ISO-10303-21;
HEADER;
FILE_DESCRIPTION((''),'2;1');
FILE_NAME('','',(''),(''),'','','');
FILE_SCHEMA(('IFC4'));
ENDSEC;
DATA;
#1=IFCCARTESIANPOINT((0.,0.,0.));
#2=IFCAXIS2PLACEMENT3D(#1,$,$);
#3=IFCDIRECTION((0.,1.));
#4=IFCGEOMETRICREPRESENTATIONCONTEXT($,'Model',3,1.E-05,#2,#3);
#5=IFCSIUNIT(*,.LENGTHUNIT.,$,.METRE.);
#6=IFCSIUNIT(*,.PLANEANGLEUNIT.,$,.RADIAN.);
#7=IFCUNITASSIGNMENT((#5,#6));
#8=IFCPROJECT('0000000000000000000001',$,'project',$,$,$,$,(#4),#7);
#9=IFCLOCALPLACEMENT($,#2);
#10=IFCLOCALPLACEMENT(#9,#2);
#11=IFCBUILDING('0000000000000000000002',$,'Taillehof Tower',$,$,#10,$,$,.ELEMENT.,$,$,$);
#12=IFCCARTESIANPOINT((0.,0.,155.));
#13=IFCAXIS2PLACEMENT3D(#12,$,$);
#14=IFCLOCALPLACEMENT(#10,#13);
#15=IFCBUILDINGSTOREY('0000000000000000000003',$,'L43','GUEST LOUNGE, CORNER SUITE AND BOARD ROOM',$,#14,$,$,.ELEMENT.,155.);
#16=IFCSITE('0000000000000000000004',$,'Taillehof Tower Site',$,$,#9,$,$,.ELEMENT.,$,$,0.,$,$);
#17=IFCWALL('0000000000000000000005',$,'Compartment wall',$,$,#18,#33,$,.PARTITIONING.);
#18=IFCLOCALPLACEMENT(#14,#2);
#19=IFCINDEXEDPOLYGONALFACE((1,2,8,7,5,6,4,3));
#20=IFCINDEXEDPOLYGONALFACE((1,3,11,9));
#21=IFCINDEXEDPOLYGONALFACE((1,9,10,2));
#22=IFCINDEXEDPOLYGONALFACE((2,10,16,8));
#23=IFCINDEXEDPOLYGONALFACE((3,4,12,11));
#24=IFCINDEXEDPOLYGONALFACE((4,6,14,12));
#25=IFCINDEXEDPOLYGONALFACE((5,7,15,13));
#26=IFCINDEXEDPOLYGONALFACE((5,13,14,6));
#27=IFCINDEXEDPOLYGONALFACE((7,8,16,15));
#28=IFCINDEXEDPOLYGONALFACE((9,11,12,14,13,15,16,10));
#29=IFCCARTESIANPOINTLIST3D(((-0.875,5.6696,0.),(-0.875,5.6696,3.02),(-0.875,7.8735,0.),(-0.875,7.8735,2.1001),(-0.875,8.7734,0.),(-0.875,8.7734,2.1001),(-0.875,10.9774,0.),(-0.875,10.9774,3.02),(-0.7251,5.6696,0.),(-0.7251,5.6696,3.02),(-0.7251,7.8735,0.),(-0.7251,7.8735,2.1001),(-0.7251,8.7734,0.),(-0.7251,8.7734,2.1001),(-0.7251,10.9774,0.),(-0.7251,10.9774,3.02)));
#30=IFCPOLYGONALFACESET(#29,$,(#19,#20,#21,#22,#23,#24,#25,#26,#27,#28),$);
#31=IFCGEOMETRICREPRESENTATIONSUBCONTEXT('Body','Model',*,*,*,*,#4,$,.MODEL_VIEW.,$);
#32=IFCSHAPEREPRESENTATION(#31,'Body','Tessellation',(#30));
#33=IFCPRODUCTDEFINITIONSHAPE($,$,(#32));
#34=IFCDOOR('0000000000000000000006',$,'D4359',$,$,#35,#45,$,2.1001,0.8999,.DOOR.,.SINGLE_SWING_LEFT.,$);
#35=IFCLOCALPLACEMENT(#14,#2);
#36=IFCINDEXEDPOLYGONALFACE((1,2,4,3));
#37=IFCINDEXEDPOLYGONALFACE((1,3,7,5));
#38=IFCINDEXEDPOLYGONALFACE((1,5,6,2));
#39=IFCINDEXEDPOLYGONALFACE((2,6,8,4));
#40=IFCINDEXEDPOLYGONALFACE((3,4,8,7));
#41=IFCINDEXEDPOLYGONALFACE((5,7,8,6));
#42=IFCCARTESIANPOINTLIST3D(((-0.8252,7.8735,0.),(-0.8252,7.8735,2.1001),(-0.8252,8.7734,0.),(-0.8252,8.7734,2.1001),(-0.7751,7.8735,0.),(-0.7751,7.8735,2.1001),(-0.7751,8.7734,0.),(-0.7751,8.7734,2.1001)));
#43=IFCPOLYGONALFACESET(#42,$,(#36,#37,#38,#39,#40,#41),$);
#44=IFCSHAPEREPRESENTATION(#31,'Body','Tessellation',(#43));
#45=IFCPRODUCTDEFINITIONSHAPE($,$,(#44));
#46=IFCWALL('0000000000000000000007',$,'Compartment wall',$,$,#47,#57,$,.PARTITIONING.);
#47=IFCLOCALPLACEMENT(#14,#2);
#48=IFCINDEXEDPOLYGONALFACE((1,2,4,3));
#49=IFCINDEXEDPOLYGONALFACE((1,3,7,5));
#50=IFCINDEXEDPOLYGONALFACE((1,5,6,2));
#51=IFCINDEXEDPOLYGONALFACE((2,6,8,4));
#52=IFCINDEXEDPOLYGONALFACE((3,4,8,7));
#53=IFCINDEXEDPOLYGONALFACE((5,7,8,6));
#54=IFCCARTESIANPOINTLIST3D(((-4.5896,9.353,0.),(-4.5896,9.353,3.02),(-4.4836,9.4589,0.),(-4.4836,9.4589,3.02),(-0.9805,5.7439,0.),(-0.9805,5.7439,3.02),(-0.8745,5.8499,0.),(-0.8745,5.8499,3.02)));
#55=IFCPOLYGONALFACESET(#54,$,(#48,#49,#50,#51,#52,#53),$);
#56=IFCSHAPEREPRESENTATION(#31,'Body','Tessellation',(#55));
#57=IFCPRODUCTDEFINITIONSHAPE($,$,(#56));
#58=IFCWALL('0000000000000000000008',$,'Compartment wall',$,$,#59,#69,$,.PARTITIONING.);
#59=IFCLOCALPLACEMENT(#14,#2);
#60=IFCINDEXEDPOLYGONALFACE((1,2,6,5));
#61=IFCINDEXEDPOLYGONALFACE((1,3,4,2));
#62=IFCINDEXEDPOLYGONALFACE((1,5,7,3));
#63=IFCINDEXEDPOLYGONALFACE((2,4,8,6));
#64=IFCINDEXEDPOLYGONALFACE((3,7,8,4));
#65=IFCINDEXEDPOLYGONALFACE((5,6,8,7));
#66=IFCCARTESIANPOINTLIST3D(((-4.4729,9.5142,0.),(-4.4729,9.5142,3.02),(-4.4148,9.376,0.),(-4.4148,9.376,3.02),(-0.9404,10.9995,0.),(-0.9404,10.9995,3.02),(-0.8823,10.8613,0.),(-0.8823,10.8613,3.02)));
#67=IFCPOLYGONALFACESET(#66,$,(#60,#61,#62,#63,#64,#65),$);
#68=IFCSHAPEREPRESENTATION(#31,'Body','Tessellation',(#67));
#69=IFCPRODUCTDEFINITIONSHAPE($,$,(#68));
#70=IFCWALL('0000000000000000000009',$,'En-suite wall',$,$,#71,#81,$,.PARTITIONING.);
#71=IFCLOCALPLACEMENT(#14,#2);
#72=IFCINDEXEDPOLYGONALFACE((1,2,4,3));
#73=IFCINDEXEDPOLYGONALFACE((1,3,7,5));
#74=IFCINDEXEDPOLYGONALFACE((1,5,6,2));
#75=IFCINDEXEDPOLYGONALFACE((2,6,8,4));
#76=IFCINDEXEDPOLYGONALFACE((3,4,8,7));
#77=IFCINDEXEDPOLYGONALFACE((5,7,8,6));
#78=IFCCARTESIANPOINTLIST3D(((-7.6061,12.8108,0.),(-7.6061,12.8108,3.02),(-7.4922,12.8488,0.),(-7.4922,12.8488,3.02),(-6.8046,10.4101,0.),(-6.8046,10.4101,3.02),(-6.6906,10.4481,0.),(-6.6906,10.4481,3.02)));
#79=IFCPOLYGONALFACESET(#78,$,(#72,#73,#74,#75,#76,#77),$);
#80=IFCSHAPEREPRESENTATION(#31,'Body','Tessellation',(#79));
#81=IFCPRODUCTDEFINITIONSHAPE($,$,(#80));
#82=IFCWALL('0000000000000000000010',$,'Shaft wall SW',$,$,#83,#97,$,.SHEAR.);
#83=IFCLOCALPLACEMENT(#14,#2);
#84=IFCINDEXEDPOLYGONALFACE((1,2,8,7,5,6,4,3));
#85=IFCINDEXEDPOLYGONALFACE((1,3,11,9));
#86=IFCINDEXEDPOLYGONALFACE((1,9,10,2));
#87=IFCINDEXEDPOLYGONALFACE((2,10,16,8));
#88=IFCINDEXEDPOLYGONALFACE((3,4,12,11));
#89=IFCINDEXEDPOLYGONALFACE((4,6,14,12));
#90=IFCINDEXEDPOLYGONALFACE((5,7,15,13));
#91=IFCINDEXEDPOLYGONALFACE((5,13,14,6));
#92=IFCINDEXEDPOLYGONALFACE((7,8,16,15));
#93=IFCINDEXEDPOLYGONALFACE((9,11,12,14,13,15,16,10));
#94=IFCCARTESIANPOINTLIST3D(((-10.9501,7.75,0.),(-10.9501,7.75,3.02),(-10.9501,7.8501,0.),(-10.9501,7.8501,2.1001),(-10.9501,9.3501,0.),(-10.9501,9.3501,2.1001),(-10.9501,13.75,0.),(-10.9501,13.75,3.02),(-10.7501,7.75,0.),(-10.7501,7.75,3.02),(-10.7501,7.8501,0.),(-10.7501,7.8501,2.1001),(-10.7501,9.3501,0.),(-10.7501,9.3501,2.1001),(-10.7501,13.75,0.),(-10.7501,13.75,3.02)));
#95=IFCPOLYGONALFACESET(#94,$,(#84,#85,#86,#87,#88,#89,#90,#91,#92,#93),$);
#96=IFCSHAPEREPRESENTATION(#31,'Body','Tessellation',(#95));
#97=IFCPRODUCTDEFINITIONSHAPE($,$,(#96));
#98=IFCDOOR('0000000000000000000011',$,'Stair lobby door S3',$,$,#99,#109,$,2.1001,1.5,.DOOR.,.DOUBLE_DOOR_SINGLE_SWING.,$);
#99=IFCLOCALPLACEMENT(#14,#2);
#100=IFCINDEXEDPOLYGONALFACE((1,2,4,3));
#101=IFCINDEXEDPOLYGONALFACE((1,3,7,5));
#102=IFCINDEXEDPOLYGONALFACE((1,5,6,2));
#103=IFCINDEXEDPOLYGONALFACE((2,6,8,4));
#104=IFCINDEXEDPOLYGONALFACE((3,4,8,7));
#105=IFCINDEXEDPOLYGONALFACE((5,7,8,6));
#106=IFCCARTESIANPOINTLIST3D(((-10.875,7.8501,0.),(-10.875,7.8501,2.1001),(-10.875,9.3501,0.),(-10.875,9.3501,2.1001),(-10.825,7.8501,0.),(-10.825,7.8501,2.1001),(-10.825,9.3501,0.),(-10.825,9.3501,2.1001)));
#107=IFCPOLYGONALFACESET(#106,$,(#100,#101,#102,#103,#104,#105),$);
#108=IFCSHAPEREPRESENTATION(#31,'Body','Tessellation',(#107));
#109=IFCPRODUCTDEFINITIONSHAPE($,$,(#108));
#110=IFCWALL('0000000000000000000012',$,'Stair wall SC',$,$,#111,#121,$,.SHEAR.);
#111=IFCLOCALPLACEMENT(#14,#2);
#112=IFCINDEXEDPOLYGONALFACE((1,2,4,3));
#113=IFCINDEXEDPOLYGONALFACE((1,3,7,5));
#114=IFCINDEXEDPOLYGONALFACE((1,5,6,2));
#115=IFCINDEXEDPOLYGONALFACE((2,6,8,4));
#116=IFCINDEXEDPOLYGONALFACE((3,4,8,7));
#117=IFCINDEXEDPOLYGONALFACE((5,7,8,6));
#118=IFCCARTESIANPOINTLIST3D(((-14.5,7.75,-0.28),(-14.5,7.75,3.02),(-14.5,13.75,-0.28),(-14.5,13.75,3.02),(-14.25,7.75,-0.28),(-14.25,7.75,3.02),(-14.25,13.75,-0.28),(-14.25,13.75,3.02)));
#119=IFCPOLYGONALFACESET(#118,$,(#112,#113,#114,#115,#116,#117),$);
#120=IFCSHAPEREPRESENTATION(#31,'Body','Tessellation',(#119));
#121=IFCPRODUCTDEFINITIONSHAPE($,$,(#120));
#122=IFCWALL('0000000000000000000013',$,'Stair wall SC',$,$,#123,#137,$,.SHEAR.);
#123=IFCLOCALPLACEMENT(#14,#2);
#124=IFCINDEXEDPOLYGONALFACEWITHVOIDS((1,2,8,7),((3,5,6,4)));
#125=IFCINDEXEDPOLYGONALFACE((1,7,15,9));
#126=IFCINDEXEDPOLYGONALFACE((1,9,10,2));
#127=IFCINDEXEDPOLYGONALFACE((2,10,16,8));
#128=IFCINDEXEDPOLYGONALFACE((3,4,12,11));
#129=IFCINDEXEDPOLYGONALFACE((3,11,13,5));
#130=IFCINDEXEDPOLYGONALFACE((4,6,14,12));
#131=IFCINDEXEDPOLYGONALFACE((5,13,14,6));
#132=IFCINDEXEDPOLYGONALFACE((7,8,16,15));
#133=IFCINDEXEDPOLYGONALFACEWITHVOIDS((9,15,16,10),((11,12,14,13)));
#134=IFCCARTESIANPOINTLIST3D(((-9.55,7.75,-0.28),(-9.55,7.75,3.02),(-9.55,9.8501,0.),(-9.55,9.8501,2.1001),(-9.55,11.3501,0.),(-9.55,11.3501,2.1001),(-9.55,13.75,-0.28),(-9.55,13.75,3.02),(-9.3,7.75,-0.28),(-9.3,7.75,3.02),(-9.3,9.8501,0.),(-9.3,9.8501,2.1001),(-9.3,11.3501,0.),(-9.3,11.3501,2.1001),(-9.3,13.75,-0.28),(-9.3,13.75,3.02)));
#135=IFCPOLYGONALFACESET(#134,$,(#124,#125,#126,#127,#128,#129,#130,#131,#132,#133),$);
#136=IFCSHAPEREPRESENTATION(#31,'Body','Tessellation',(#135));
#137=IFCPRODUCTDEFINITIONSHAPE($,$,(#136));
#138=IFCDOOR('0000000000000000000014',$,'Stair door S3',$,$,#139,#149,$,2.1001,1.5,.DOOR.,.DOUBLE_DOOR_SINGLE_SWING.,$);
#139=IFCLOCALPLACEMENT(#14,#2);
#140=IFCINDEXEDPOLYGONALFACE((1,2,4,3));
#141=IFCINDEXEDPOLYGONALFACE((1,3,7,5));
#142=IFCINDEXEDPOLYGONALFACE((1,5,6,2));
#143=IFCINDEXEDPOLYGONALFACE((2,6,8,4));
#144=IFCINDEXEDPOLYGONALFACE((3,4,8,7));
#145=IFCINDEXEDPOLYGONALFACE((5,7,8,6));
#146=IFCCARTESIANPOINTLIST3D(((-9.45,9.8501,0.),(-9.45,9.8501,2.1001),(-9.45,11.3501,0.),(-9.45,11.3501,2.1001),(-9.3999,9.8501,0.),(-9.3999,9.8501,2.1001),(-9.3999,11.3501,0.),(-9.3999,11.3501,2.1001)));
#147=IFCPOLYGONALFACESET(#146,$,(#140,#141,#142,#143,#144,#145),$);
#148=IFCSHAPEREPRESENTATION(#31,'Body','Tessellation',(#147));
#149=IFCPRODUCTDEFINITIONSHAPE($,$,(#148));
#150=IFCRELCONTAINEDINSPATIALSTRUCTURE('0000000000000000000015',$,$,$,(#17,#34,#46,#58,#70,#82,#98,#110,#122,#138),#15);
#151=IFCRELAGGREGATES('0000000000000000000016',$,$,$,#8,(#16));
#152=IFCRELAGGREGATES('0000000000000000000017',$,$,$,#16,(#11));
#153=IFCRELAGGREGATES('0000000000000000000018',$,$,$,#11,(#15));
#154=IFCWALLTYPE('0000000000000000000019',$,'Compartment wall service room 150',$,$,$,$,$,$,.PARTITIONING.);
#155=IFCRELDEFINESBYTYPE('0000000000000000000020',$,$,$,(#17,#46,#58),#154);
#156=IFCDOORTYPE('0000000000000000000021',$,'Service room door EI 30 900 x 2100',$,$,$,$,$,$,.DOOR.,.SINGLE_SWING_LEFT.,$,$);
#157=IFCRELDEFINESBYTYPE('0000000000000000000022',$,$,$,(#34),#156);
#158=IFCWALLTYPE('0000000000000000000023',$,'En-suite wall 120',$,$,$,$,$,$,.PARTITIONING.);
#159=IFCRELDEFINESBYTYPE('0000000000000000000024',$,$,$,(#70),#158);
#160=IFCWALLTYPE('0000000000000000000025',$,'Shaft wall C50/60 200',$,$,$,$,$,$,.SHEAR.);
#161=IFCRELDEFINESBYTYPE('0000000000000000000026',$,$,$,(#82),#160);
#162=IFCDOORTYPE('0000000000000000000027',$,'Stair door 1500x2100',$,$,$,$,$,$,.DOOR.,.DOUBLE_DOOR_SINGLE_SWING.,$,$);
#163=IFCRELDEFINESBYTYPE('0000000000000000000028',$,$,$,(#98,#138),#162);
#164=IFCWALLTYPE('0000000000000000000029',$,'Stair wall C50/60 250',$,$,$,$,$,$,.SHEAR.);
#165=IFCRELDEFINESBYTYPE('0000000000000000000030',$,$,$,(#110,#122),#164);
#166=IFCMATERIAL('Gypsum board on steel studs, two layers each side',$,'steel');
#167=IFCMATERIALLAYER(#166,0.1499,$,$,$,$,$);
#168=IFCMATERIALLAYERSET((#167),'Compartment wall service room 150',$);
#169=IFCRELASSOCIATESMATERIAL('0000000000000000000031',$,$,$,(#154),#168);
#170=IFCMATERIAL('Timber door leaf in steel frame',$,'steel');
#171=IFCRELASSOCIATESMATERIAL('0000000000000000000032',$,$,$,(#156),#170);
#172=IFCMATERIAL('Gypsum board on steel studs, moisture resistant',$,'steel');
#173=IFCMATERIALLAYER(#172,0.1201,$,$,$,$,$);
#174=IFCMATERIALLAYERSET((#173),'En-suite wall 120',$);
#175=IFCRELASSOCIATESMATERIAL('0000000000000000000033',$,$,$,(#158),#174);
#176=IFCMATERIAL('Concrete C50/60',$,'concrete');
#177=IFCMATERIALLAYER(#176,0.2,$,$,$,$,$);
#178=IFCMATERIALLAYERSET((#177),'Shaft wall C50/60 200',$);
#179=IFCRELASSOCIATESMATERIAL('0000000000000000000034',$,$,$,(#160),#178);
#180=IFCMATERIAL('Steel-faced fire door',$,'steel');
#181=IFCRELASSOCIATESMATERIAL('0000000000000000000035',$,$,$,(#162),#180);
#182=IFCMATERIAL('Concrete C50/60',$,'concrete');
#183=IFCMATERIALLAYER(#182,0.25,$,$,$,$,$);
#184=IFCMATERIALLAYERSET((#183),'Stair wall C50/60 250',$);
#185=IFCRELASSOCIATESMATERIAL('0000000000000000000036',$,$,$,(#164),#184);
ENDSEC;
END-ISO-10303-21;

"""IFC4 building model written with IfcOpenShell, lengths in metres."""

from ifc_helpers import new_model, si_unit, direction, frame, frame_2d, origin, place, context, subcontext, project, spatial, rectangle, extrude, material, layer, layer_set, type_object, element, fill, save


model = new_model("IFC4")

# Units and contexts
model_context = context("Model", 3, precision=1e-05, world=origin(), true_north=direction((0.0, 1.0)))
body_context = subcontext(model_context, "Body", "Model", "MODEL_VIEW")
ifc_project = project(units=[si_unit("LENGTHUNIT", "METRE"), si_unit("PLANEANGLEUNIT", "RADIAN")], contexts=[model_context])

# Site, building, storey
site_placement = place(None, origin())
site = spatial("IfcSite", under=ifc_project, at=site_placement, Name="Taillehof Tower Site", CompositionType="ELEMENT", RefElevation=0.0)
building_placement = place(site_placement, origin())
building = spatial("IfcBuilding", under=site, at=building_placement, Name="Taillehof Tower", CompositionType="ELEMENT")
storey_placement = place(building_placement, frame((0.0, 0.0, 155.0)))
storey = spatial("IfcBuildingStorey", under=building, at=storey_placement, Name="L43", Description="GUEST LOUNGE, CORNER SUITE AND BOARD ROOM", CompositionType="ELEMENT", Elevation=155.0)

# Wall, opening, door
ifc_material_1 = material(Name="Gypsum board on steel studs, two layers each side", Category="steel")
ifc_layer_1 = layer(ifc_material_1, 0.1499)
ifc_layer_set_1 = layer_set([ifc_layer_1], Name="Compartment wall service room 150")
wall_type_1 = type_object("IfcWallType", Name="Compartment wall service room 150", PredefinedType="PARTITIONING", material=ifc_layer_set_1)
wall_1_placement = place(storey_placement, frame((-0.8, 10.9773, 0.0), z_axis=(0.0, 0.0, 1.0), x_axis=(0.0, -1.0, 0.0)))
wall_1 = element("IfcWall", 1, at=wall_1_placement, inside=storey, type_object=wall_type_1, Name="Compartment wall", PredefinedType="PARTITIONING", context=body_context, shape_type="SweptSolid", body=[
    extrude(rectangle(XDim=5.3079, YDim=0.1499, at=frame_2d((2.6538, 0.0))), origin(), (0.0, 0.0, 1.0), 3.02),
])
opening_1_placement = place(wall_1_placement, frame((2.2039, 0.0, 0.0)))
opening_1 = element("IfcOpeningElement", 2, at=opening_1_placement, cuts=wall_1, PredefinedType="OPENING", context=body_context, shape_type="SweptSolid", body=[
    extrude(rectangle(XDim=0.8999, YDim=2.1001, at=frame_2d((0.45, 1.05))), frame((0.0, 0.085, 0.0), z_axis=(0.0, -1.0, 0.0), x_axis=(1.0, 0.0, 0.0)), (0.0, 0.0, 1.0), 0.1699),
])
ifc_material_2 = material(Name="Timber door leaf in steel frame", Category="steel")
door_type_1 = type_object("IfcDoorType", Name="Service room door EI 30 900 x 2100", OperationType="SINGLE_SWING_LEFT", PredefinedType="DOOR", material=ifc_material_2)
door_1_placement = place(opening_1_placement, origin())
door_1 = element("IfcDoor", 3, at=door_1_placement, inside=storey, type_object=door_type_1, Name="D4359", OperationType="SINGLE_SWING_LEFT", OverallHeight=2.1001, OverallWidth=0.8999, PredefinedType="DOOR", context=body_context, shape_type="SweptSolid", body=[
    extrude(rectangle(XDim=0.8999, YDim=2.1001, at=frame_2d((0.45, 1.05))), frame((0.0, 0.0249, 0.0), z_axis=(0.0, -1.0, 0.0), x_axis=(1.0, 0.0, 0.0)), (0.0, 0.0, 1.0), 0.05),
])
fill(opening_1, door_1)

# Walls
wall_2_placement = place(storey_placement, frame((-0.9275, 5.7969, 0.0), z_axis=(0.0, 0.0, 1.0), x_axis=(-0.707107, 0.707107, 0.0)))
element("IfcWall", 4, at=wall_2_placement, inside=storey, type_object=wall_type_1, Name="Compartment wall", PredefinedType="PARTITIONING", context=body_context, shape_type="SweptSolid", body=[
    extrude(rectangle(XDim=5.104, YDim=0.1499, at=frame_2d((2.552, 0.0))), origin(), (0.0, 0.0, 1.0), 3.02),
])
wall_3_placement = place(storey_placement, frame((-4.4438, 9.4451, 0.0), z_axis=(0.0, 0.0, 1.0), x_axis=(0.921822, 0.387613, 0.0)))
element("IfcWall", 5, at=wall_3_placement, inside=storey, type_object=wall_type_1, Name="Compartment wall", PredefinedType="PARTITIONING", context=body_context, shape_type="SweptSolid", body=[
    extrude(rectangle(XDim=3.832, YDim=0.1499, at=frame_2d((1.916, 0.0))), origin(), (0.0, 0.0, 1.0), 3.02),
])
ifc_material_3 = material(Name="Gypsum board on steel studs, moisture resistant", Category="steel")
ifc_layer_2 = layer(ifc_material_3, 0.1201)
ifc_layer_set_2 = layer_set([ifc_layer_2], Name="En-suite wall 120")
wall_type_2 = type_object("IfcWallType", Name="En-suite wall 120", PredefinedType="PARTITIONING", material=ifc_layer_set_2)
wall_4_placement = place(storey_placement, frame((-6.7476, 10.429, 0.0), z_axis=(0.0, 0.0, 1.0), x_axis=(-0.316691, 0.948529, 0.0)))
element("IfcWall", 6, at=wall_4_placement, inside=storey, type_object=wall_type_2, Name="En-suite wall", PredefinedType="PARTITIONING", context=body_context, shape_type="SweptSolid", body=[
    extrude(rectangle(XDim=2.531, YDim=0.1201, at=frame_2d((1.2656, 0.0))), origin(), (0.0, 0.0, 1.0), 3.02),
])

# Wall, opening, door
ifc_material_4 = material(Name="Concrete C50/60", Category="concrete")
ifc_layer_3 = layer(ifc_material_4, 0.2)
ifc_layer_set_3 = layer_set([ifc_layer_3], Name="Shaft wall C50/60 200")
wall_type_3 = type_object("IfcWallType", Name="Shaft wall C50/60 200", PredefinedType="SHEAR", material=ifc_layer_set_3)
wall_5_placement = place(storey_placement, frame((-10.8501, 7.75, 0.0), z_axis=(0.0, 0.0, 1.0), x_axis=(0.0, 1.0, 0.0)))
wall_5 = element("IfcWall", 7, at=wall_5_placement, inside=storey, type_object=wall_type_3, Name="Shaft wall SW", PredefinedType="SHEAR", context=body_context, shape_type="SweptSolid", body=[
    extrude(rectangle(XDim=6.0, YDim=0.2, at=frame_2d((3.0, 0.0))), origin(), (0.0, 0.0, 1.0), 3.02),
])
opening_2_placement = place(wall_5_placement, frame((0.1001, 0.0, 0.0)))
opening_2 = element("IfcOpeningElement", 8, at=opening_2_placement, cuts=wall_5, PredefinedType="OPENING", context=body_context, shape_type="SweptSolid", body=[
    extrude(rectangle(XDim=1.5, YDim=2.1001, at=frame_2d((0.75, 1.05))), frame((0.0, 0.1099, 0.0), z_axis=(0.0, -1.0, 0.0), x_axis=(1.0, 0.0, 0.0)), (0.0, 0.0, 1.0), 0.22),
])
ifc_material_5 = material(Name="Steel-faced fire door", Category="steel")
door_type_2 = type_object("IfcDoorType", Name="Stair door 1500x2100", OperationType="DOUBLE_DOOR_SINGLE_SWING", PredefinedType="DOOR", material=ifc_material_5)
door_2_placement = place(opening_2_placement, origin())
door_2 = element("IfcDoor", 9, at=door_2_placement, inside=storey, type_object=door_type_2, Name="Stair lobby door S3", OperationType="DOUBLE_DOOR_SINGLE_SWING", OverallHeight=2.1001, OverallWidth=1.5, PredefinedType="DOOR", context=body_context, shape_type="SweptSolid", body=[
    extrude(rectangle(XDim=1.5, YDim=2.1001, at=frame_2d((0.75, 1.05))), frame((0.0, 0.0249, 0.0), z_axis=(0.0, -1.0, 0.0), x_axis=(1.0, 0.0, 0.0)), (0.0, 0.0, 1.0), 0.05),
])
fill(opening_2, door_2)

# Wall
ifc_material_6 = material(Name="Concrete C50/60", Category="concrete")
ifc_layer_4 = layer(ifc_material_6, 0.25)
ifc_layer_set_4 = layer_set([ifc_layer_4], Name="Stair wall C50/60 250")
wall_type_4 = type_object("IfcWallType", Name="Stair wall C50/60 250", PredefinedType="SHEAR", material=ifc_layer_set_4)
wall_6_placement = place(storey_placement, frame((-14.375, 7.75, -0.28), z_axis=(0.0, 0.0, 1.0), x_axis=(0.0, 1.0, 0.0)))
element("IfcWall", 10, at=wall_6_placement, inside=storey, type_object=wall_type_4, Name="Stair wall SC", PredefinedType="SHEAR", context=body_context, shape_type="SweptSolid", body=[
    extrude(rectangle(XDim=6.0, YDim=0.25, at=frame_2d((3.0, 0.0))), origin(), (0.0, 0.0, 1.0), 3.3),
])

# Wall, opening, door
wall_7_placement = place(storey_placement, frame((-9.425, 7.75, -0.28), z_axis=(0.0, 0.0, 1.0), x_axis=(0.0, 1.0, 0.0)))
wall_7 = element("IfcWall", 11, at=wall_7_placement, inside=storey, type_object=wall_type_4, Name="Stair wall SC", PredefinedType="SHEAR", context=body_context, shape_type="SweptSolid", body=[
    extrude(rectangle(XDim=6.0, YDim=0.25, at=frame_2d((3.0, 0.0))), origin(), (0.0, 0.0, 1.0), 3.3),
])
opening_3_placement = place(wall_7_placement, frame((2.1001, 0.0, 0.28)))
opening_3 = element("IfcOpeningElement", 12, at=opening_3_placement, cuts=wall_7, PredefinedType="OPENING", context=body_context, shape_type="SweptSolid", body=[
    extrude(rectangle(XDim=1.5, YDim=2.1001, at=frame_2d((0.75, 1.05))), frame((0.0, 0.135, 0.0), z_axis=(0.0, -1.0, 0.0), x_axis=(1.0, 0.0, 0.0)), (0.0, 0.0, 1.0), 0.27),
])
door_3_placement = place(opening_3_placement, origin())
door_3 = element("IfcDoor", 13, at=door_3_placement, inside=storey, type_object=door_type_2, Name="Stair door S3", OperationType="DOUBLE_DOOR_SINGLE_SWING", OverallHeight=2.1001, OverallWidth=1.5, PredefinedType="DOOR", context=body_context, shape_type="SweptSolid", body=[
    extrude(rectangle(XDim=1.5, YDim=2.1001, at=frame_2d((0.75, 1.05))), frame((0.0, 0.0249, 0.0), z_axis=(0.0, -1.0, 0.0), x_axis=(1.0, 0.0, 0.0)), (0.0, 0.0, 1.0), 0.05),
])
fill(opening_3, door_3)

save(model, "model.ifc")
